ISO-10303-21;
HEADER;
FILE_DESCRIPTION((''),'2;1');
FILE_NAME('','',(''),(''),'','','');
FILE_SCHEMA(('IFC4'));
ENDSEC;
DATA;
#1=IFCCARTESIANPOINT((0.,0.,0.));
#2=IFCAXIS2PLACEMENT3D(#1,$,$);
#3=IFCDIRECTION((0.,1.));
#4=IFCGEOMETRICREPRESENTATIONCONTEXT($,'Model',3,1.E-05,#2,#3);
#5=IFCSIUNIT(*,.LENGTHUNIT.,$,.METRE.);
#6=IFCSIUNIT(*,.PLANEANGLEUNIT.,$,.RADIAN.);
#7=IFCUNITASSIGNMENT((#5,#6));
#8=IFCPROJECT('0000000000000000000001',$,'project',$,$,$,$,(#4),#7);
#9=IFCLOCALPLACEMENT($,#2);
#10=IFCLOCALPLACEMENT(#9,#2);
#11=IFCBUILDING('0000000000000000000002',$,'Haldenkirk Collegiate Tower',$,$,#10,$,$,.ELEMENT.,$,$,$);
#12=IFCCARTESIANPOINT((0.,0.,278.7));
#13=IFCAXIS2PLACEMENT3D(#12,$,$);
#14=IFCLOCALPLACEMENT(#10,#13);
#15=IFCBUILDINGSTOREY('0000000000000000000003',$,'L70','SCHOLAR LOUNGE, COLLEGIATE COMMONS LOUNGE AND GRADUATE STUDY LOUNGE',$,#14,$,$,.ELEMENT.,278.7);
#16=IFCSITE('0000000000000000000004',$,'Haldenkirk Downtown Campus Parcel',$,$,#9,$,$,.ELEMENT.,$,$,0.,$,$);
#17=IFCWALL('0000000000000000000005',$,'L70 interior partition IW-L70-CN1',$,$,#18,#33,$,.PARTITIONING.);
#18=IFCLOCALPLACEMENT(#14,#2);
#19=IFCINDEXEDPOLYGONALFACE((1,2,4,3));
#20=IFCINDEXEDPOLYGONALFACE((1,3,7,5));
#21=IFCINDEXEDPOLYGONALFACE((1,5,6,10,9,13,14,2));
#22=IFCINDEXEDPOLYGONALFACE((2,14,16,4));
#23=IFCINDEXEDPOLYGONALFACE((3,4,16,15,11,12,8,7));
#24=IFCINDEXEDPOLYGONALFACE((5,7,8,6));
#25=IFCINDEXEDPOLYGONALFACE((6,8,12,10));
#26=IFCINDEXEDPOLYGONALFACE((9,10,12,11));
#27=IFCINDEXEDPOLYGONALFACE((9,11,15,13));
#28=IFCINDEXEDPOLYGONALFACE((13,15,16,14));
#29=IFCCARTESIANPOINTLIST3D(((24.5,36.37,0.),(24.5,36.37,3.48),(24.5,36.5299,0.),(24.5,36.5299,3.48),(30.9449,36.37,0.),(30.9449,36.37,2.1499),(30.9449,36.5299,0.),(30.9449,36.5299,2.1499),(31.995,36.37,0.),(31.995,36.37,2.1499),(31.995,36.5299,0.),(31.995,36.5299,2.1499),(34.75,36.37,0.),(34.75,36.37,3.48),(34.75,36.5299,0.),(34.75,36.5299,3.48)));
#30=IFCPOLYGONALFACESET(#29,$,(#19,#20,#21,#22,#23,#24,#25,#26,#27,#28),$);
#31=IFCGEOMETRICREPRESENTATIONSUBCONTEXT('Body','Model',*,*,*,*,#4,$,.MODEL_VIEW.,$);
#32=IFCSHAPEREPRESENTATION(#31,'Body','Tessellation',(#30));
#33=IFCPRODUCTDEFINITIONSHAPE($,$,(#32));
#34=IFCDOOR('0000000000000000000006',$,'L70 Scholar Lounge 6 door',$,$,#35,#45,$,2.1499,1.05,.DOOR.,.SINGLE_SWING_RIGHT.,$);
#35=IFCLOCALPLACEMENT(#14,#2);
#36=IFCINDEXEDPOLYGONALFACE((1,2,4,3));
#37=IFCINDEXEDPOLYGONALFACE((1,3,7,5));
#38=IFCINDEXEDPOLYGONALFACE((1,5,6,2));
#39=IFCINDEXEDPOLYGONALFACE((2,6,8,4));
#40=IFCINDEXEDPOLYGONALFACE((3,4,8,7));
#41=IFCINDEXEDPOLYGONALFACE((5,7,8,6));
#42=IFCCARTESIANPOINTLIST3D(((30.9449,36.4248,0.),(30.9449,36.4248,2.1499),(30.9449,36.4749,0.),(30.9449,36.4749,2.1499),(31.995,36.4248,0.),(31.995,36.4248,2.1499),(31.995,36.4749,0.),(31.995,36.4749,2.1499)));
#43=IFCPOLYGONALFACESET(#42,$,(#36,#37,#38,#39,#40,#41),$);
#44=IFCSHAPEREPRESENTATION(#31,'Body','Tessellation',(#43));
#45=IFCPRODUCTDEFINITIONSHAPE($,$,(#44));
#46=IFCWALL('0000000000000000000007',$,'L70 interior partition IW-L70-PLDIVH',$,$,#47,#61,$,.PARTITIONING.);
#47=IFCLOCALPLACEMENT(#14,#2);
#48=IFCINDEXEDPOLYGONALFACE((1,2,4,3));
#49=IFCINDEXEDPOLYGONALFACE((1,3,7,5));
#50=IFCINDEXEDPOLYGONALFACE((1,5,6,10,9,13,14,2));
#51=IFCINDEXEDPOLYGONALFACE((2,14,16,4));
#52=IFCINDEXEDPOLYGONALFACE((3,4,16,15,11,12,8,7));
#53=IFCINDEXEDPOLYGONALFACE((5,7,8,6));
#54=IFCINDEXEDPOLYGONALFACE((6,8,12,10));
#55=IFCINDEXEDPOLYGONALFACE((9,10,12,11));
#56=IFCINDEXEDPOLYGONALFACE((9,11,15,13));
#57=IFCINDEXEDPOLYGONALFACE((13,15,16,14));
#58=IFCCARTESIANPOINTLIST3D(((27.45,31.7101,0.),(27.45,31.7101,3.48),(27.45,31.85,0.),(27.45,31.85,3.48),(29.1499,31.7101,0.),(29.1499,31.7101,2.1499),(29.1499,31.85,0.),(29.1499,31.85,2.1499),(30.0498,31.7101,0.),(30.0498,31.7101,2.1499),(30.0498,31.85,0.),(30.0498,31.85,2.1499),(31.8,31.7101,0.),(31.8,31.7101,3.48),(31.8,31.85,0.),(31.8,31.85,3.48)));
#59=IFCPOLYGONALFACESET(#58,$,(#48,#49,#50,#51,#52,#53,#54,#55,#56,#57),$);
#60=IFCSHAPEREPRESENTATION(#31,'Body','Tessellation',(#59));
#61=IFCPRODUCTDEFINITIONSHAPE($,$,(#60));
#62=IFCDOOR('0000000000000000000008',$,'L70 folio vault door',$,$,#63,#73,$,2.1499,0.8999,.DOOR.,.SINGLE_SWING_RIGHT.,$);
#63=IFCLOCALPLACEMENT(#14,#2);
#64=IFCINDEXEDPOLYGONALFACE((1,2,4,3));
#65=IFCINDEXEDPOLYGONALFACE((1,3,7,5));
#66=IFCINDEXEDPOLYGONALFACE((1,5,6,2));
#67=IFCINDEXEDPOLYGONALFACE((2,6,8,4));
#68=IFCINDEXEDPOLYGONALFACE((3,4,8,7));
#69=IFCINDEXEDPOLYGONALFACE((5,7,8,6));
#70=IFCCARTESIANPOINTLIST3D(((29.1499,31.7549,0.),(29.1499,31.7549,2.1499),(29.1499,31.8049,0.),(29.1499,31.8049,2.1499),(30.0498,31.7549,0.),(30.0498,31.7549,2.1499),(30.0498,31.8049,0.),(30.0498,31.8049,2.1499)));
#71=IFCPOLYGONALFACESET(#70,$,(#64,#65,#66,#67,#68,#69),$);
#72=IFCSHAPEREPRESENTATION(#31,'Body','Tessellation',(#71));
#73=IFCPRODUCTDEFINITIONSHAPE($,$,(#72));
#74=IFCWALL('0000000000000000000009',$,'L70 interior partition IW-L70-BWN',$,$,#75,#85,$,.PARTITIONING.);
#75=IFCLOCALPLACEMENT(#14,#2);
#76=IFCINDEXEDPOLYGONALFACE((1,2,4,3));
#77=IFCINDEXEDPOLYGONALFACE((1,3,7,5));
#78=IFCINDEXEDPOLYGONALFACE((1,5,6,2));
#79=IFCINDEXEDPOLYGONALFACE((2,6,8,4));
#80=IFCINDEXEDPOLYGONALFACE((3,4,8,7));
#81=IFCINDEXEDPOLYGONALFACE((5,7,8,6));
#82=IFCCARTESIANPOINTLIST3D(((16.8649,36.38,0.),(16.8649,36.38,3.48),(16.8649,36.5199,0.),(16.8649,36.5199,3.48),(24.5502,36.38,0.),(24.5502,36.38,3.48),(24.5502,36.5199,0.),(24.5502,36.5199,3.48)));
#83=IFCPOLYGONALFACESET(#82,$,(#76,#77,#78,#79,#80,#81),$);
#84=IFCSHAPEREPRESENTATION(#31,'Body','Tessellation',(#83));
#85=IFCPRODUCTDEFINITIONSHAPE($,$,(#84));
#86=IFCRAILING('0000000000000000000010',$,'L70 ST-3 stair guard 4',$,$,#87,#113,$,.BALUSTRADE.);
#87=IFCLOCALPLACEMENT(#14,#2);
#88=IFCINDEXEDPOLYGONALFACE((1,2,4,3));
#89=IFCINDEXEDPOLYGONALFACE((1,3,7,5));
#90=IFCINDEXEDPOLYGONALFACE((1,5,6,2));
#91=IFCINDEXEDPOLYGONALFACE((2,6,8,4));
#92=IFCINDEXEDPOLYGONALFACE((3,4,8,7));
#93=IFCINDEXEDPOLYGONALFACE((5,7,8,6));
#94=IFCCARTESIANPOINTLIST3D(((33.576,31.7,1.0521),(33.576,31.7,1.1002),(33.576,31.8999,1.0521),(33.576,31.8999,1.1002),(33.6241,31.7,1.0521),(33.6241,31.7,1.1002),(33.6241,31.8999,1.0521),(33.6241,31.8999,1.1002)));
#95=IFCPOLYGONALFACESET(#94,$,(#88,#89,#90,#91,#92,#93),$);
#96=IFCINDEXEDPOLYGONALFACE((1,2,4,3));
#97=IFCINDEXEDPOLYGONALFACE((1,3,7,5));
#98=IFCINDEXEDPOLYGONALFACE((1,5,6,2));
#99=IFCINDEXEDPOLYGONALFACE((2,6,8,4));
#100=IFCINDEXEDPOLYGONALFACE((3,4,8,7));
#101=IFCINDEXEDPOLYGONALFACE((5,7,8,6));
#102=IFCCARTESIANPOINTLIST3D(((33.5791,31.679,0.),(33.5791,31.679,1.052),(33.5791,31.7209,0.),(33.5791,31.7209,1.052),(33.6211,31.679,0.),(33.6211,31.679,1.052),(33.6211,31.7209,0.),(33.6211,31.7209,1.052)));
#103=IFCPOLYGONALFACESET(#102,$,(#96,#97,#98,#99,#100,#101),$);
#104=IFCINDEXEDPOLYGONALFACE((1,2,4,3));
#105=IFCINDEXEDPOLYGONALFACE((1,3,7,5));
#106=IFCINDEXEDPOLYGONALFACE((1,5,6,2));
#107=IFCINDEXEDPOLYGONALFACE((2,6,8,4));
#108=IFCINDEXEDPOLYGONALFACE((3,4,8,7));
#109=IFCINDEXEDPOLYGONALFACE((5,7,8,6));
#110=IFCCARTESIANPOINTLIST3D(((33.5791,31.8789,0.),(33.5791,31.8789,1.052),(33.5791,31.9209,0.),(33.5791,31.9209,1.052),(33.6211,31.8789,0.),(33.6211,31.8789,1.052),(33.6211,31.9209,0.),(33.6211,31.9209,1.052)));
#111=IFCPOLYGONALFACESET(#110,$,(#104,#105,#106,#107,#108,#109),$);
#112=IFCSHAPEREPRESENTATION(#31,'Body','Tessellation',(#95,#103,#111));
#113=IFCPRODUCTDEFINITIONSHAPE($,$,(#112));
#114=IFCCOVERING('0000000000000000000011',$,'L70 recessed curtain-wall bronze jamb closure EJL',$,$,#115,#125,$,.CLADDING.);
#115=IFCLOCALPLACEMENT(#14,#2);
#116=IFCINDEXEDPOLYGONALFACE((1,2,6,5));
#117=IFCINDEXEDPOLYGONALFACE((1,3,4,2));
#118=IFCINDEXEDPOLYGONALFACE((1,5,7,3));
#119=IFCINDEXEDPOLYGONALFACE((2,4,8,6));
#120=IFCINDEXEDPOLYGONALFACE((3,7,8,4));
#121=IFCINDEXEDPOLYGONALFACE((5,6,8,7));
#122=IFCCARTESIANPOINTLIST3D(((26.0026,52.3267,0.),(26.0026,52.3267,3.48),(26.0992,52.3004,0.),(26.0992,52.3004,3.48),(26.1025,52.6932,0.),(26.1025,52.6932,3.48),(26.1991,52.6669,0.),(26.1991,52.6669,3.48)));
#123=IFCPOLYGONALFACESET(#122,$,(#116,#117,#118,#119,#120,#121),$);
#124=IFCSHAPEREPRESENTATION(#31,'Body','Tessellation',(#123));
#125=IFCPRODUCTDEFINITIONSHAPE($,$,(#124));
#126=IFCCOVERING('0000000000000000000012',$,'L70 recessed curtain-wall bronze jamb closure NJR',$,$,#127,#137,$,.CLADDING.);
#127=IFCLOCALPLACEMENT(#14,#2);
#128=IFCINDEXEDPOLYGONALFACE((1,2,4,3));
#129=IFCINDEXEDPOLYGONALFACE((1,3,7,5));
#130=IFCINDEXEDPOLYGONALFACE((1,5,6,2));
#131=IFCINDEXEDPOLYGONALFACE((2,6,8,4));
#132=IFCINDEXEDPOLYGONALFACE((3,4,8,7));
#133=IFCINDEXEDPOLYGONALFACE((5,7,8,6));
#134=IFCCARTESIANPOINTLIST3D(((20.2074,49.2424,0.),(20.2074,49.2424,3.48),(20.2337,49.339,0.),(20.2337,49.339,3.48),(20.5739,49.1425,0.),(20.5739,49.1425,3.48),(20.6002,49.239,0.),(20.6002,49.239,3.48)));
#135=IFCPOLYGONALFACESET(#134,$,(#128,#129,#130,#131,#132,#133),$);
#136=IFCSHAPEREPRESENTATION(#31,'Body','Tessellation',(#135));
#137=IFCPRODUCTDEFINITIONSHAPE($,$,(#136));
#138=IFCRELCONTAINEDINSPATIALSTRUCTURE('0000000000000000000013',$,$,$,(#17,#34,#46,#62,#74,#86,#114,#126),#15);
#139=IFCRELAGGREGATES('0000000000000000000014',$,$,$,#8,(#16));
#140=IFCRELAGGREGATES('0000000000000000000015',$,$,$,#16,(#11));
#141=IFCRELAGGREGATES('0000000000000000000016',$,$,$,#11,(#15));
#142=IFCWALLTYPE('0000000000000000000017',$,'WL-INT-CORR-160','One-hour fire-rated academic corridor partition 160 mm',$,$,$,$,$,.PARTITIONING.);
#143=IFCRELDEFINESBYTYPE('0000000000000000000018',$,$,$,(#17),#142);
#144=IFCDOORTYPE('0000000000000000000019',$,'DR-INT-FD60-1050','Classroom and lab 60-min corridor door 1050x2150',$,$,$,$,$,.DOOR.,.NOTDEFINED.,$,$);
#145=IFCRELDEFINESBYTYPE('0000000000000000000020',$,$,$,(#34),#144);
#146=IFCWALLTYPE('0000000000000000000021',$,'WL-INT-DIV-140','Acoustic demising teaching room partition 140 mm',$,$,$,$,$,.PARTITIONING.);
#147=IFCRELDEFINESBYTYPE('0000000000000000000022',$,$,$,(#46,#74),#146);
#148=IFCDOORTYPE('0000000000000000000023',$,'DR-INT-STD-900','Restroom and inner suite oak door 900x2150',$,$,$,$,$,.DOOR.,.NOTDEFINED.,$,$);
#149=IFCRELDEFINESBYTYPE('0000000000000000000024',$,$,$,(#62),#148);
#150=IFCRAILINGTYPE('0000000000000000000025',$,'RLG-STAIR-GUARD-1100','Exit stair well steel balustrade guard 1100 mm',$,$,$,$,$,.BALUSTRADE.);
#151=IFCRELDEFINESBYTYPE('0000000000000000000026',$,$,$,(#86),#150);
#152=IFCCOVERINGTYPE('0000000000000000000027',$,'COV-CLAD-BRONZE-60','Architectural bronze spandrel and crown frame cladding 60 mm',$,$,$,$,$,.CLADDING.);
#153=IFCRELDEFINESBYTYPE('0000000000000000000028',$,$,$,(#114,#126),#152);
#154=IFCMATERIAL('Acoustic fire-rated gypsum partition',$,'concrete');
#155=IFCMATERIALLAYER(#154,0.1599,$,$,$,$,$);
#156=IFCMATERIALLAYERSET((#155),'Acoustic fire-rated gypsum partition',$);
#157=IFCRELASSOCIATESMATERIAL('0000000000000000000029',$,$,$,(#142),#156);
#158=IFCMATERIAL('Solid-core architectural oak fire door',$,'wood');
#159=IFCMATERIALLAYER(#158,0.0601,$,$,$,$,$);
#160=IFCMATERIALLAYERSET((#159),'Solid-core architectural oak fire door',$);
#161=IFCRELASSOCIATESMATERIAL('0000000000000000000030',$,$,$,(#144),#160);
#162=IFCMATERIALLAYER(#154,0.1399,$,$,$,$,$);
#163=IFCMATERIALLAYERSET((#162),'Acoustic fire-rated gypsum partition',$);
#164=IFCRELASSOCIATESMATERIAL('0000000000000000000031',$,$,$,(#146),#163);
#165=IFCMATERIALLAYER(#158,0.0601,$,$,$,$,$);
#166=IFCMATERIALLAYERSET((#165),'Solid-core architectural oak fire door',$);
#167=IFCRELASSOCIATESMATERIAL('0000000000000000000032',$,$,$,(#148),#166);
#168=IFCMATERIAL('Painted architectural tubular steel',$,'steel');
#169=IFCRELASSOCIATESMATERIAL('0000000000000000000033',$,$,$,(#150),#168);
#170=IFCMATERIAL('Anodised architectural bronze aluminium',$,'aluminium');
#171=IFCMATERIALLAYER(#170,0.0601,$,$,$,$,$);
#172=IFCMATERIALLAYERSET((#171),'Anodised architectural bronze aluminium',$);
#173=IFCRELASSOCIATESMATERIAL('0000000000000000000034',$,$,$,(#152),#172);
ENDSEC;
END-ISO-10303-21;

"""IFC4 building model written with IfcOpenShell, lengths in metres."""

from ifc_helpers import new_model, si_unit, direction, frame, frame_2d, origin, origin_2d, place, context, subcontext, project, spatial, rectangle, extrude, source, transform, mapped, material, layer, layer_set, type_object, element, fill, save


model = new_model("IFC4")

# Units and contexts
model_context = context("Model", 3, precision=1e-05, world=origin(), true_north=direction((0.0, 1.0)))
body_context = subcontext(model_context, "Body", "Model", "MODEL_VIEW")
ifc_project = project(units=[si_unit("LENGTHUNIT", "METRE"), si_unit("PLANEANGLEUNIT", "RADIAN")], contexts=[model_context])

# Site, building, storey
site_placement = place(None, origin())
site = spatial("IfcSite", under=ifc_project, at=site_placement, Name="Haldenkirk Downtown Campus Parcel", CompositionType="ELEMENT", RefElevation=0.0)
building_placement = place(site_placement, origin())
building = spatial("IfcBuilding", under=site, at=building_placement, Name="Haldenkirk Collegiate Tower", CompositionType="ELEMENT")
storey_placement = place(building_placement, frame((0.0, 0.0, 278.7)))
storey = spatial("IfcBuildingStorey", under=building, at=storey_placement, Name="L70", Description="SCHOLAR LOUNGE, COLLEGIATE COMMONS LOUNGE AND GRADUATE STUDY LOUNGE", CompositionType="ELEMENT", Elevation=278.7)

# Shared definitions
ifc_material_1 = material(Name="Anodised architectural bronze aluminium", Category="aluminium")

# Walls, openings, doors
ifc_material_2 = material(Name="Acoustic fire-rated gypsum partition", Category="concrete")
ifc_layer_1 = layer(ifc_material_2, 0.1599)
ifc_layer_set_1 = layer_set([ifc_layer_1], Name="Acoustic fire-rated gypsum partition")
wall_type_1 = type_object("IfcWallType", Name="WL-INT-CORR-160", Description="One-hour fire-rated academic corridor partition 160 mm", PredefinedType="PARTITIONING", material=ifc_layer_set_1)
wall_1_placement = place(storey_placement, frame((24.5, 36.45, 0.0), z_axis=(0.0, 0.0, 1.0), x_axis=(1.0, 0.0, 0.0)))
wall_1 = element("IfcWall", 1, at=wall_1_placement, inside=storey, type_object=wall_type_1, Name="L70 interior partition IW-L70-CN1", PredefinedType="PARTITIONING", context=body_context, shape_type="SweptSolid", body=[
    extrude(rectangle(XDim=10.25, YDim=0.1599, at=frame_2d((5.125, 0.0))), origin(), (0.0, 0.0, 1.0), 3.48),
])
opening_1_placement = place(wall_1_placement, frame((6.4451, 0.0, 0.0)))
opening_1 = element("IfcOpeningElement", 2, at=opening_1_placement, cuts=wall_1, PredefinedType="OPENING", context=body_context, shape_type="SweptSolid", body=[
    extrude(rectangle(XDim=1.05, YDim=2.1499, at=frame_2d((0.5249, 1.075))), frame((0.0, 0.0898, 0.0), z_axis=(0.0, -1.0, 0.0), x_axis=(1.0, 0.0, 0.0)), (0.0, 0.0, 1.0), 0.1799),
])
ifc_material_3 = material(Name="Solid-core architectural oak fire door", Category="wood")
ifc_layer_2 = layer(ifc_material_3, 0.0601)
ifc_layer_set_2 = layer_set([ifc_layer_2], Name="Solid-core architectural oak fire door")
door_type_1 = type_object("IfcDoorType", Name="DR-INT-FD60-1050", Description="Classroom and lab 60-min corridor door 1050x2150", OperationType="NOTDEFINED", PredefinedType="DOOR", material=ifc_layer_set_2)
door_1_placement = place(opening_1_placement, origin())
door_1 = element("IfcDoor", 3, at=door_1_placement, inside=storey, type_object=door_type_1, Name="L70 Scholar Lounge 6 door", OperationType="SINGLE_SWING_RIGHT", OverallHeight=2.1499, OverallWidth=1.05, PredefinedType="DOOR", context=body_context, shape_type="SweptSolid", body=[
    extrude(rectangle(XDim=1.05, YDim=2.1499, at=frame_2d((0.5249, 1.075))), frame((0.0, 0.0249, 0.0), z_axis=(0.0, -1.0, 0.0), x_axis=(1.0, 0.0, 0.0)), (0.0, 0.0, 1.0), 0.05),
])
fill(opening_1, door_1)
ifc_layer_3 = layer(ifc_material_2, 0.1399)
ifc_layer_set_3 = layer_set([ifc_layer_3], Name="Acoustic fire-rated gypsum partition")
wall_type_2 = type_object("IfcWallType", Name="WL-INT-DIV-140", Description="Acoustic demising teaching room partition 140 mm", PredefinedType="PARTITIONING", material=ifc_layer_set_3)
wall_2_placement = place(storey_placement, frame((27.45, 31.78, 0.0), z_axis=(0.0, 0.0, 1.0), x_axis=(1.0, 0.0, 0.0)))
wall_2 = element("IfcWall", 4, at=wall_2_placement, inside=storey, type_object=wall_type_2, Name="L70 interior partition IW-L70-PLDIVH", PredefinedType="PARTITIONING", context=body_context, shape_type="SweptSolid", body=[
    extrude(rectangle(XDim=4.3501, YDim=0.1399, at=frame_2d((2.175, 0.0))), origin(), (0.0, 0.0, 1.0), 3.48),
])
opening_2_placement = place(wall_2_placement, frame((1.7, 0.0, 0.0)))
opening_2 = element("IfcOpeningElement", 5, at=opening_2_placement, cuts=wall_2, PredefinedType="OPENING", context=body_context, shape_type="SweptSolid", body=[
    extrude(rectangle(XDim=0.8999, YDim=2.1499, at=frame_2d((0.45, 1.075))), frame((0.0, 0.0798, 0.0), z_axis=(0.0, -1.0, 0.0), x_axis=(1.0, 0.0, 0.0)), (0.0, 0.0, 1.0), 0.1599),
])
ifc_layer_4 = layer(ifc_material_3, 0.0601)
ifc_layer_set_4 = layer_set([ifc_layer_4], Name="Solid-core architectural oak fire door")
door_type_2 = type_object("IfcDoorType", Name="DR-INT-STD-900", Description="Restroom and inner suite oak door 900x2150", OperationType="NOTDEFINED", PredefinedType="DOOR", material=ifc_layer_set_4)
door_2_placement = place(opening_2_placement, origin())
door_2 = element("IfcDoor", 6, at=door_2_placement, inside=storey, type_object=door_type_2, Name="L70 folio vault door", OperationType="SINGLE_SWING_RIGHT", OverallHeight=2.1499, OverallWidth=0.8999, PredefinedType="DOOR", context=body_context, shape_type="SweptSolid", body=[
    extrude(rectangle(XDim=0.8999, YDim=2.1499, at=frame_2d((0.45, 1.075))), frame((0.0, 0.0249, 0.0), z_axis=(0.0, -1.0, 0.0), x_axis=(1.0, 0.0, 0.0)), (0.0, 0.0, 1.0), 0.05),
])
fill(opening_2, door_2)

# Wall
wall_3_placement = place(storey_placement, frame((16.8647, 36.45, 0.0), z_axis=(0.0, 0.0, 1.0), x_axis=(1.0, 0.0, 0.0)))
element("IfcWall", 7, at=wall_3_placement, inside=storey, type_object=wall_type_2, Name="L70 interior partition IW-L70-BWN", PredefinedType="PARTITIONING", context=body_context, shape_type="SweptSolid", body=[
    extrude(rectangle(XDim=7.6853, YDim=0.1399, at=frame_2d((3.8428, 0.0))), origin(), (0.0, 0.0, 1.0), 3.48),
])

# Railing
ifc_material_4 = material(Name="Painted architectural tubular steel", Category="steel")
railing_type = type_object("IfcRailingType", Name="RLG-STAIR-GUARD-1100", Description="Exit stair well steel balustrade guard 1100 mm", PredefinedType="BALUSTRADE", material=ifc_material_4)
railing_placement = place(storey_placement, frame((33.6001, 31.7, 0.0)))
element("IfcRailing", 8, at=railing_placement, inside=storey, type_object=railing_type, Name="L70 ST-3 stair guard 4", PredefinedType="BALUSTRADE", context=body_context, shape_type="SweptSolid", body=[
    extrude(rectangle(XDim=0.0481, YDim=0.0481, at=origin_2d()), frame((0.0, 0.0, 1.0762), z_axis=(0.0, 1.0, 0.0), x_axis=(-1.0, 0.0, 0.0)), (0.0, 0.0, 1.0), 0.2),
    extrude(rectangle(XDim=0.042, YDim=0.042, at=origin_2d()), origin(), (0.0, 0.0, 1.0), 1.052),
    extrude(rectangle(XDim=0.042, YDim=0.042, at=origin_2d()), frame((0.0, 0.2, 0.0)), (0.0, 0.0, 1.0), 1.052),
])

# Coverings
ifc_layer_5 = layer(ifc_material_1, 0.0601)
ifc_layer_set_5 = layer_set([ifc_layer_5], Name="Anodised architectural bronze aluminium")
covering_type = type_object("IfcCoveringType", Name="COV-CLAD-BRONZE-60", Description="Architectural bronze spandrel and crown frame cladding 60 mm", PredefinedType="CLADDING", material=ifc_layer_set_5)
shared_shape_1 = source(origin(), body_context, "Body", "SweptSolid", [
    extrude(rectangle(XDim=0.1001, YDim=0.3799, at=origin_2d()), origin(), (0.0, 0.0, 1.0), 3.48),
])
for number, where, z_axis, x_axis, name in (
    (9, (26.1008, 52.4968, 0.0), (0.0, 0.0, 1.0), (0.964787, -0.263031, 0.0), "L70 recessed curtain-wall bronze jamb closure EJL"),
    (10, (20.4038, 49.2407, 0.0), (0.0, 0.0, 1.0), (0.263031, 0.964787, 0.0), "L70 recessed curtain-wall bronze jamb closure NJR"),
):
    element("IfcCovering", number, at=place(storey_placement, frame(where, z_axis=z_axis, x_axis=x_axis)), inside=storey, type_object=covering_type, Name=name, PredefinedType="CLADDING", context=body_context, shape_type="MappedRepresentation", body=[
        mapped(shared_shape_1, transform((0.0, 0.0, 0.0), x_axis=(1.0, 0.0, 0.0), y_axis=(0.0, 1.0, 0.0), z_axis=(0.0, 0.0, 1.0), scale=1.0)),
    ])

save(model, "model.ifc")
